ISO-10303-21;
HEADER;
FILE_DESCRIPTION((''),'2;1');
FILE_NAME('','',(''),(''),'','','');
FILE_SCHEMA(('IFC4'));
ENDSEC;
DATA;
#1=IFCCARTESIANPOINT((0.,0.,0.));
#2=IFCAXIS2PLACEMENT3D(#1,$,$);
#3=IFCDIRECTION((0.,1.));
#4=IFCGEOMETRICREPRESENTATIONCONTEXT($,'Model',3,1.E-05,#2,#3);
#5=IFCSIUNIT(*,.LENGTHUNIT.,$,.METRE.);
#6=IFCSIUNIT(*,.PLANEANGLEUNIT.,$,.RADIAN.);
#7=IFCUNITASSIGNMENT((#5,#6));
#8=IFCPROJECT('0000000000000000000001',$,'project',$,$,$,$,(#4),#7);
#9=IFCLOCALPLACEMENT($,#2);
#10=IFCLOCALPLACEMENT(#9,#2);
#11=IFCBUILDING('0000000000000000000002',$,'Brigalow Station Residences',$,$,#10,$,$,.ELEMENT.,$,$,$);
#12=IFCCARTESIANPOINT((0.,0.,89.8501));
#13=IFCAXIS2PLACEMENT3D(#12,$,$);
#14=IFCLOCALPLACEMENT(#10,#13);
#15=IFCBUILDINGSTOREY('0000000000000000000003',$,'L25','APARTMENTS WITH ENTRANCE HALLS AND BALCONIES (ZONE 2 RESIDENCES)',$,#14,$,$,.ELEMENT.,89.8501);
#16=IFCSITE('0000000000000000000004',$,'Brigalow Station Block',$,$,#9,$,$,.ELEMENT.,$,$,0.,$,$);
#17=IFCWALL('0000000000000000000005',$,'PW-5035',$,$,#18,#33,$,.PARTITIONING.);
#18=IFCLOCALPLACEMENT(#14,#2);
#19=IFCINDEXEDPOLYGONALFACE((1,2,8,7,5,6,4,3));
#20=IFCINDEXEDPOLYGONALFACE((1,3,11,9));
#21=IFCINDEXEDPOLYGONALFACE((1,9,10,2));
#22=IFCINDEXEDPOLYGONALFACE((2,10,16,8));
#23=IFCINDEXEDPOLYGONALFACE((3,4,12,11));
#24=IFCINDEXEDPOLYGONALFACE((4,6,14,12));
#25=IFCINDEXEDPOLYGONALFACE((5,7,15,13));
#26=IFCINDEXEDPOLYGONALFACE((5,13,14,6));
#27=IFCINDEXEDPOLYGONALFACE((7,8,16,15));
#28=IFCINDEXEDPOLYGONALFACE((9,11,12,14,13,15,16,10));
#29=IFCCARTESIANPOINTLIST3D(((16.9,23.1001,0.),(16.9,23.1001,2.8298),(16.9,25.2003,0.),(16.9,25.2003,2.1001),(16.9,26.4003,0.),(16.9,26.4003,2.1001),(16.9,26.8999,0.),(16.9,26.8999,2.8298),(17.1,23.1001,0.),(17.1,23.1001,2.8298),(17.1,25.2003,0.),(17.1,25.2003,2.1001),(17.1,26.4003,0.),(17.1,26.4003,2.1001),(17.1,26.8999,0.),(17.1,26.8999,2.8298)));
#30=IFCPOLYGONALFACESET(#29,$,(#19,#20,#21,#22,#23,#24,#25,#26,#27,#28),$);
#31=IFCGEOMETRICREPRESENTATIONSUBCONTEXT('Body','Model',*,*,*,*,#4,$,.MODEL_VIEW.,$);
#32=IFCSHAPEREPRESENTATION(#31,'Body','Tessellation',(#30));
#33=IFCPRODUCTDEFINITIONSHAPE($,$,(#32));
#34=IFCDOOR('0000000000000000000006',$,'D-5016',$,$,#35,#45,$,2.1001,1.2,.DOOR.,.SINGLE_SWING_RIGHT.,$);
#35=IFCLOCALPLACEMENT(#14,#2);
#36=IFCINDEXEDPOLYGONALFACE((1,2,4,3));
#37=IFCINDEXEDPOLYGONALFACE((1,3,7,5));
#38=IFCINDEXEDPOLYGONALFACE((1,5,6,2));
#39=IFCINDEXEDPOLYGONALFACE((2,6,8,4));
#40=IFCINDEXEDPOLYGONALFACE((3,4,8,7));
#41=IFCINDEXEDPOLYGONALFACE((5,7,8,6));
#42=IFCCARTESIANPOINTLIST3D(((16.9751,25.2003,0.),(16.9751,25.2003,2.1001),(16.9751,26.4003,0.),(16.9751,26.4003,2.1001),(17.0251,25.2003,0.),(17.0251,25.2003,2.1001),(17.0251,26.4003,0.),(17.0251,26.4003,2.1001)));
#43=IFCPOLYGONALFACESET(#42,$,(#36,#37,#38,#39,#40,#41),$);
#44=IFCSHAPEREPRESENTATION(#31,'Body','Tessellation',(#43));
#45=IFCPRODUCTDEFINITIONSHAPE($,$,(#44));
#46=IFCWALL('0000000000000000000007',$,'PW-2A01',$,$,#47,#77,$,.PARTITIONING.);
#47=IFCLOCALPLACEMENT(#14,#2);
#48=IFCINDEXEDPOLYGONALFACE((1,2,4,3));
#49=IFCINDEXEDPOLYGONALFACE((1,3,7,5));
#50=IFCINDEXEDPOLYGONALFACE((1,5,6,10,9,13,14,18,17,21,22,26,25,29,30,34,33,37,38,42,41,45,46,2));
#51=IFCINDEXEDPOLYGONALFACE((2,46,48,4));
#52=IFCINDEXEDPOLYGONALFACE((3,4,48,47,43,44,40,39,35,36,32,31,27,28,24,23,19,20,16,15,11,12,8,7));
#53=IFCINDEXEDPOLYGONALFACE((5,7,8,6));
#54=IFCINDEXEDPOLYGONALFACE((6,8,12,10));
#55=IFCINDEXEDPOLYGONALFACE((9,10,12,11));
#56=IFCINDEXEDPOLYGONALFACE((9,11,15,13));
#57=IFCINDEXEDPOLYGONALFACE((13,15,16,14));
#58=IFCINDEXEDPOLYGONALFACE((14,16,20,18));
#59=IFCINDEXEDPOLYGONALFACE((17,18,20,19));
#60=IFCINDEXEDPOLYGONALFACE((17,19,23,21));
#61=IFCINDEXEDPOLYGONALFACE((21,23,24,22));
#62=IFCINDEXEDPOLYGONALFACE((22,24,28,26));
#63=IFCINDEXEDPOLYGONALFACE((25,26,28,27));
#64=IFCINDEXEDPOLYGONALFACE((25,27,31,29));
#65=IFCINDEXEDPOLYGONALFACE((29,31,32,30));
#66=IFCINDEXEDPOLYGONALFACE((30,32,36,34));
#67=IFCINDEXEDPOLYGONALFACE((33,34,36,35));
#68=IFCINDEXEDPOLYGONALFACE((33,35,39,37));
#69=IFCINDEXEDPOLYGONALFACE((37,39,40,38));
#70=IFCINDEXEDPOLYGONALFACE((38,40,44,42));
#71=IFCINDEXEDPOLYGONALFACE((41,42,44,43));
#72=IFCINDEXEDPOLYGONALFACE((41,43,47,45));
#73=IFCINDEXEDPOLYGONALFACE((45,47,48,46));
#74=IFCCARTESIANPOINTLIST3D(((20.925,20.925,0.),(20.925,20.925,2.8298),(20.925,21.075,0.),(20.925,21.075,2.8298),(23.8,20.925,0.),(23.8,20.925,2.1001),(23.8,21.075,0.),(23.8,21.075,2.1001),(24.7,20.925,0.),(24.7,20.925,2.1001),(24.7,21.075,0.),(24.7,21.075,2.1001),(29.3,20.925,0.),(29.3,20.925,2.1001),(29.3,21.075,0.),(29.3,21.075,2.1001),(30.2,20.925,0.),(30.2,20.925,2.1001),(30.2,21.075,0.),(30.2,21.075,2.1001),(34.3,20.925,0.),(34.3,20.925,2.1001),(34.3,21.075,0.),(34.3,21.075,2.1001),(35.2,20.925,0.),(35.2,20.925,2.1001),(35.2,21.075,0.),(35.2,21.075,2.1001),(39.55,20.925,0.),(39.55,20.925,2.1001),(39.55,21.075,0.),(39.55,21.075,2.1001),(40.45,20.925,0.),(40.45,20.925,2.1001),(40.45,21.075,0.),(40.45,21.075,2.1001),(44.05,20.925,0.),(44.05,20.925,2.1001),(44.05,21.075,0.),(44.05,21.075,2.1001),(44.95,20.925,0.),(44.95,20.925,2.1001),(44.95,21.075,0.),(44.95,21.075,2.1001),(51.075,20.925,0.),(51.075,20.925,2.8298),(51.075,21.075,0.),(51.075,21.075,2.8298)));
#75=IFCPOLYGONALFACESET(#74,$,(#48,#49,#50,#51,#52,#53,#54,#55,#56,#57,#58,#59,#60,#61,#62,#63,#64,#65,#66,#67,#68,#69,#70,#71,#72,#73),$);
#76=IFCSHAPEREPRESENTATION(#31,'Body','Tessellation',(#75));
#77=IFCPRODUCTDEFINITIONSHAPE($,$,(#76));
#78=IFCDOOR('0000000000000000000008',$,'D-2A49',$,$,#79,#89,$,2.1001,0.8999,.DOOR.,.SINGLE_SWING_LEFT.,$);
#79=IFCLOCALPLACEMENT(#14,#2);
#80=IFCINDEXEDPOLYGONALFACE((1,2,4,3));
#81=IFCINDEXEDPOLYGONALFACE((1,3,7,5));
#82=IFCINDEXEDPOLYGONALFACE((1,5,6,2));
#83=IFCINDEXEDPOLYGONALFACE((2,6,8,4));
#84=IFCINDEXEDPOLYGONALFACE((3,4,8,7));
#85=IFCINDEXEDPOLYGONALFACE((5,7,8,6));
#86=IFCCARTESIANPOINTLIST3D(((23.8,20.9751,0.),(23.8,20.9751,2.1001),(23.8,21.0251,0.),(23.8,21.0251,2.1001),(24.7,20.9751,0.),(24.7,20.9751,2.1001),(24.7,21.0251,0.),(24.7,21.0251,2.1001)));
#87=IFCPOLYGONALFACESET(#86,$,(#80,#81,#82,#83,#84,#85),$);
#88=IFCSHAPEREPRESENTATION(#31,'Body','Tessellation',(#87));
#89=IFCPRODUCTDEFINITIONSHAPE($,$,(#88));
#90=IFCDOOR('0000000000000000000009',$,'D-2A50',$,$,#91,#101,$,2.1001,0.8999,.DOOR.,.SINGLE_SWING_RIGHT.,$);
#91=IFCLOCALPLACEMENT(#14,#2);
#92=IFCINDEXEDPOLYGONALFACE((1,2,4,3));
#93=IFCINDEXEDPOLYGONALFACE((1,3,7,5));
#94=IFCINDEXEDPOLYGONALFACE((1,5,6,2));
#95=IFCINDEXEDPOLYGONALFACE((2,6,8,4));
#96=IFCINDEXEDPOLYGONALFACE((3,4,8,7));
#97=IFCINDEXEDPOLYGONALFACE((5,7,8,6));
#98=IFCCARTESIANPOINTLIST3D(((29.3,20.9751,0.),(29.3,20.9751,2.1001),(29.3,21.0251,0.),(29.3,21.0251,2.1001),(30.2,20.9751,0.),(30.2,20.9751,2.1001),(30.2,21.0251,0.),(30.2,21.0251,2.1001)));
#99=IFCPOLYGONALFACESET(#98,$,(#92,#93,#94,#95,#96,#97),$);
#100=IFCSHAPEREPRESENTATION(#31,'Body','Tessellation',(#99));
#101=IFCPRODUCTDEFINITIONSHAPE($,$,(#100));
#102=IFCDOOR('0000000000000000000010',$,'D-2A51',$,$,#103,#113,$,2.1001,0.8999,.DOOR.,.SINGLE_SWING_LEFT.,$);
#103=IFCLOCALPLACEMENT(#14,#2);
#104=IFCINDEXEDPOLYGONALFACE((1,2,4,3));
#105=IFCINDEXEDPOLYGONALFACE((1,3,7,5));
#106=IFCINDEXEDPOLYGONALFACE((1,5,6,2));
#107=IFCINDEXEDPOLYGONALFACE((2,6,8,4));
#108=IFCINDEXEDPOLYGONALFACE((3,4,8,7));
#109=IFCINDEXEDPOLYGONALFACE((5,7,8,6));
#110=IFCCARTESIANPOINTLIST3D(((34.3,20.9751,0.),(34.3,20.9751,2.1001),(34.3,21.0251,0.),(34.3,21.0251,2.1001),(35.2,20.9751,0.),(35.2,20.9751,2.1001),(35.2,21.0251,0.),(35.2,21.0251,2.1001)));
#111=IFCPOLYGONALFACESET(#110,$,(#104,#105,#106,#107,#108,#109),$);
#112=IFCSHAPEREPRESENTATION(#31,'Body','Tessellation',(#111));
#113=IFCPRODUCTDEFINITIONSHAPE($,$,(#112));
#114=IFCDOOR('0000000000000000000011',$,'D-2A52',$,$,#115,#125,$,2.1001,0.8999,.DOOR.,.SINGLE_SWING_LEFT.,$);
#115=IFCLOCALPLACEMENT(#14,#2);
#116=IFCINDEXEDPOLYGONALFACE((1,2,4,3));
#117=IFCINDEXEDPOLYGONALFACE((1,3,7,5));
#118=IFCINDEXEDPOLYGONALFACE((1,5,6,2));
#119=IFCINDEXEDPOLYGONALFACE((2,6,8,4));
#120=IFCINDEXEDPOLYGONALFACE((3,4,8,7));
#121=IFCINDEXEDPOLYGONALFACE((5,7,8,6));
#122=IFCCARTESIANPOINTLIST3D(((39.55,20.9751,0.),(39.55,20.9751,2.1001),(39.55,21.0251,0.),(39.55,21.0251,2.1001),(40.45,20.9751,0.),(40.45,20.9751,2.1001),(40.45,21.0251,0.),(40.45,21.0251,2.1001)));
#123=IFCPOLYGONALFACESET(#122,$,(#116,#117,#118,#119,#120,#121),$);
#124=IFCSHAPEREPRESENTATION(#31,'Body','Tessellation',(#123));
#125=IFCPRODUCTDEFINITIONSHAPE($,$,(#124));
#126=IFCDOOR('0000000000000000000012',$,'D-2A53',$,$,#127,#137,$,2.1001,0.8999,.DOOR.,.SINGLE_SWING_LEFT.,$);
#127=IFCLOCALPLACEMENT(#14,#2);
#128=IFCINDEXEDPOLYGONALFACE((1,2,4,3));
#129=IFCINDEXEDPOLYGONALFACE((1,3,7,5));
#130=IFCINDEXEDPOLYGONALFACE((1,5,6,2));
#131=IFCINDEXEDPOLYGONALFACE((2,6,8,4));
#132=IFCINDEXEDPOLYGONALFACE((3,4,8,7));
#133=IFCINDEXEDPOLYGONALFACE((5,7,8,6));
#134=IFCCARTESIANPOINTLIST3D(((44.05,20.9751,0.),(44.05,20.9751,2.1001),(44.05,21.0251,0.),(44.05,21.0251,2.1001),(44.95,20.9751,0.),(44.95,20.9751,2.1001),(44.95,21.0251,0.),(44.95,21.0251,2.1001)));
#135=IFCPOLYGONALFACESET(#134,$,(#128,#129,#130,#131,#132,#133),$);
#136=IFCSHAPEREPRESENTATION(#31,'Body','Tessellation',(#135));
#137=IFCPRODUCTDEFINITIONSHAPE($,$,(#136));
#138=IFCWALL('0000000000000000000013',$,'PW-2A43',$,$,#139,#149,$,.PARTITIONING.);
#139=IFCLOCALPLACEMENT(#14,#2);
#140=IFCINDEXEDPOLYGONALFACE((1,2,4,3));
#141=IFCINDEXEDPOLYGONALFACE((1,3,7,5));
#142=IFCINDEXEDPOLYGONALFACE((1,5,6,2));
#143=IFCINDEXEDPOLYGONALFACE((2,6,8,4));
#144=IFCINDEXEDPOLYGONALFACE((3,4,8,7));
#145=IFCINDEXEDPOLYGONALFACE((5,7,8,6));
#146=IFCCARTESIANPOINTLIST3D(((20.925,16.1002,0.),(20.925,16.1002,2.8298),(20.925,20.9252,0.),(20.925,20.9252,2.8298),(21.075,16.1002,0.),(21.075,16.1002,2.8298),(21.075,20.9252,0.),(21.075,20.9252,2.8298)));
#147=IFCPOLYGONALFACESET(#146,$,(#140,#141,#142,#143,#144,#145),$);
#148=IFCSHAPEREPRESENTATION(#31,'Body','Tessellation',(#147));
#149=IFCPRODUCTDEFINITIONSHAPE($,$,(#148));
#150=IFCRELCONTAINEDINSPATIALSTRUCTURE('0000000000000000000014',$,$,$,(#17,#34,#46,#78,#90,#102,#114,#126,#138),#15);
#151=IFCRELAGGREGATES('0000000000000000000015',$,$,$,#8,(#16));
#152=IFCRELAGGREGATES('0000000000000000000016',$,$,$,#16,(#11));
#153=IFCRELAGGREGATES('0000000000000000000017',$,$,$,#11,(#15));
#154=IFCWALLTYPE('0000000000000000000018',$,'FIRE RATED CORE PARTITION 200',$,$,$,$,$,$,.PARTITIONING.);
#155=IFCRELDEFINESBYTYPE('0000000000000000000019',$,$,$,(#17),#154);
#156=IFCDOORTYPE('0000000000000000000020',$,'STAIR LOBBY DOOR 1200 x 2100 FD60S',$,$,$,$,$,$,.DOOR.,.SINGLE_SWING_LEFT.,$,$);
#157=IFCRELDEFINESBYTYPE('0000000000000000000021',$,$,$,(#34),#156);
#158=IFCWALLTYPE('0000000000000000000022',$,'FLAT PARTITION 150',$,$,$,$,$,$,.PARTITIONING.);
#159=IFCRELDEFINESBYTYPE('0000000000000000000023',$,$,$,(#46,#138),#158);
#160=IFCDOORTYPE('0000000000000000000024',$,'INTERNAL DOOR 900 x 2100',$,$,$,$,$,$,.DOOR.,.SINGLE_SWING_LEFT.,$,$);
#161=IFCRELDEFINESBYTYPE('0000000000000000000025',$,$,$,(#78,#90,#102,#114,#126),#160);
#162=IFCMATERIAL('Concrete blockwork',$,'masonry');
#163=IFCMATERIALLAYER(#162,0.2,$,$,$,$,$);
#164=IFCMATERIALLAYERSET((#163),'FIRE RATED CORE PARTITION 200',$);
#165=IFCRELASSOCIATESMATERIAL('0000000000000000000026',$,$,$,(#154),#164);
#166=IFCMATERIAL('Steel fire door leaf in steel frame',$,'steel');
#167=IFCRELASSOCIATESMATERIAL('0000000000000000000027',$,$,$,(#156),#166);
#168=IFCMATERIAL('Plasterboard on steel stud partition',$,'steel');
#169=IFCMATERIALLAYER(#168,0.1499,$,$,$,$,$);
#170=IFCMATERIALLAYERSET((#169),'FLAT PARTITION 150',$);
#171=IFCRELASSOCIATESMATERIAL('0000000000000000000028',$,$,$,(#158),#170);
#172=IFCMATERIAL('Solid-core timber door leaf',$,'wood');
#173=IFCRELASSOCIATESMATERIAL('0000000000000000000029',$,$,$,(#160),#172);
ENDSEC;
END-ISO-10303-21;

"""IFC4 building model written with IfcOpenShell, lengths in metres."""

from ifc_helpers import new_model, si_unit, direction, frame, frame_2d, origin, place, context, subcontext, project, spatial, rectangle, extrude, material, layer, layer_set, type_object, element, fill, save


model = new_model("IFC4")

# Units and contexts
model_context = context("Model", 3, precision=1e-05, world=origin(), true_north=direction((0.0, 1.0)))
body_context = subcontext(model_context, "Body", "Model", "MODEL_VIEW")
ifc_project = project(units=[si_unit("LENGTHUNIT", "METRE"), si_unit("PLANEANGLEUNIT", "RADIAN")], contexts=[model_context])

# Site, building, storey
site_placement = place(None, origin())
site = spatial("IfcSite", under=ifc_project, at=site_placement, Name="Brigalow Station Block", CompositionType="ELEMENT", RefElevation=0.0)
building_placement = place(site_placement, origin())
building = spatial("IfcBuilding", under=site, at=building_placement, Name="Brigalow Station Residences", CompositionType="ELEMENT")
storey_placement = place(building_placement, frame((0.0, 0.0, 89.8501)))
storey = spatial("IfcBuildingStorey", under=building, at=storey_placement, Name="L25", Description="APARTMENTS WITH ENTRANCE HALLS AND BALCONIES (ZONE 2 RESIDENCES)", CompositionType="ELEMENT", Elevation=89.8501)

# Shared definitions
ifc_material_1 = material(Name="Concrete blockwork", Category="masonry")
ifc_layer_1 = layer(ifc_material_1, 0.2)
ifc_layer_set_1 = layer_set([ifc_layer_1], Name="FIRE RATED CORE PARTITION 200")
wall_type_1 = type_object("IfcWallType", Name="FIRE RATED CORE PARTITION 200", PredefinedType="PARTITIONING", material=ifc_layer_set_1)

# Wall, opening, door
wall_1_placement = place(storey_placement, frame((17.0, 23.1001, 0.0), z_axis=(0.0, 0.0, 1.0), x_axis=(0.0, 1.0, 0.0)))
wall_1 = element("IfcWall", 1, at=wall_1_placement, inside=storey, type_object=wall_type_1, Name="PW-5035", PredefinedType="PARTITIONING", context=body_context, shape_type="SweptSolid", body=[
    extrude(rectangle(XDim=3.7998, YDim=0.2, at=frame_2d((1.8999, 0.0))), origin(), (0.0, 0.0, 1.0), 2.8298),
])
opening_1_placement = place(wall_1_placement, frame((2.1001, 0.0, 0.0)))
opening_1 = element("IfcOpeningElement", 2, at=opening_1_placement, cuts=wall_1, PredefinedType="OPENING", context=body_context, shape_type="SweptSolid", body=[
    extrude(rectangle(XDim=1.2, YDim=2.1001, at=frame_2d((0.6001, 1.05))), frame((0.0, 0.1099, 0.0), z_axis=(0.0, -1.0, 0.0), x_axis=(1.0, 0.0, 0.0)), (0.0, 0.0, 1.0), 0.22),
])
ifc_material_2 = material(Name="Steel fire door leaf in steel frame", Category="steel")
door_type_1 = type_object("IfcDoorType", Name="STAIR LOBBY DOOR 1200 x 2100 FD60S", OperationType="SINGLE_SWING_LEFT", PredefinedType="DOOR", material=ifc_material_2)
door_1_placement = place(opening_1_placement, origin())
door_1 = element("IfcDoor", 3, at=door_1_placement, inside=storey, type_object=door_type_1, Name="D-5016", OperationType="SINGLE_SWING_RIGHT", OverallHeight=2.1001, OverallWidth=1.2, PredefinedType="DOOR", context=body_context, shape_type="SweptSolid", body=[
    extrude(rectangle(XDim=1.2, YDim=2.1001, at=frame_2d((0.6001, 1.05))), frame((0.0, 0.0249, 0.0), z_axis=(0.0, -1.0, 0.0), x_axis=(1.0, 0.0, 0.0)), (0.0, 0.0, 1.0), 0.05),
])
fill(opening_1, door_1)

# Wall, openings, doors
ifc_material_3 = material(Name="Plasterboard on steel stud partition", Category="steel")
ifc_layer_2 = layer(ifc_material_3, 0.1499)
ifc_layer_set_2 = layer_set([ifc_layer_2], Name="FLAT PARTITION 150")
wall_type_2 = type_object("IfcWallType", Name="FLAT PARTITION 150", PredefinedType="PARTITIONING", material=ifc_layer_set_2)
wall_2_placement = place(storey_placement, frame((20.925, 21.0, 0.0), z_axis=(0.0, 0.0, 1.0), x_axis=(1.0, 0.0, 0.0)))
wall_2 = element("IfcWall", 4, at=wall_2_placement, inside=storey, type_object=wall_type_2, Name="PW-2A01", PredefinedType="PARTITIONING", context=body_context, shape_type="SweptSolid", body=[
    extrude(rectangle(XDim=30.1499, YDim=0.1499, at=frame_2d((15.075, 0.0))), origin(), (0.0, 0.0, 1.0), 2.8298),
])
opening_2_placement = place(wall_2_placement, frame((2.875, 0.0, 0.0)))
opening_2 = element("IfcOpeningElement", 5, at=opening_2_placement, cuts=wall_2, PredefinedType="OPENING", context=body_context, shape_type="SweptSolid", body=[
    extrude(rectangle(XDim=0.8999, YDim=2.1001, at=frame_2d((0.45, 1.05))), frame((0.0, 0.085, 0.0), z_axis=(0.0, -1.0, 0.0), x_axis=(1.0, 0.0, 0.0)), (0.0, 0.0, 1.0), 0.1699),
])
opening_3_placement = place(wall_2_placement, frame((8.375, 0.0, 0.0)))
opening_3 = element("IfcOpeningElement", 6, at=opening_3_placement, cuts=wall_2, PredefinedType="OPENING", context=body_context, shape_type="SweptSolid", body=[
    extrude(rectangle(XDim=0.8999, YDim=2.1001, at=frame_2d((0.45, 1.05))), frame((0.0, 0.085, 0.0), z_axis=(0.0, -1.0, 0.0), x_axis=(1.0, 0.0, 0.0)), (0.0, 0.0, 1.0), 0.1699),
])
opening_4_placement = place(wall_2_placement, frame((13.375, 0.0, 0.0)))
opening_4 = element("IfcOpeningElement", 7, at=opening_4_placement, cuts=wall_2, PredefinedType="OPENING", context=body_context, shape_type="SweptSolid", body=[
    extrude(rectangle(XDim=0.8999, YDim=2.1001, at=frame_2d((0.45, 1.05))), frame((0.0, 0.085, 0.0), z_axis=(0.0, -1.0, 0.0), x_axis=(1.0, 0.0, 0.0)), (0.0, 0.0, 1.0), 0.1699),
])
opening_5_placement = place(wall_2_placement, frame((18.625, 0.0, 0.0)))
opening_5 = element("IfcOpeningElement", 8, at=opening_5_placement, cuts=wall_2, PredefinedType="OPENING", context=body_context, shape_type="SweptSolid", body=[
    extrude(rectangle(XDim=0.8999, YDim=2.1001, at=frame_2d((0.45, 1.05))), frame((0.0, 0.085, 0.0), z_axis=(0.0, -1.0, 0.0), x_axis=(1.0, 0.0, 0.0)), (0.0, 0.0, 1.0), 0.1699),
])
opening_6_placement = place(wall_2_placement, frame((23.125, 0.0, 0.0)))
opening_6 = element("IfcOpeningElement", 9, at=opening_6_placement, cuts=wall_2, PredefinedType="OPENING", context=body_context, shape_type="SweptSolid", body=[
    extrude(rectangle(XDim=0.8999, YDim=2.1001, at=frame_2d((0.45, 1.05))), frame((0.0, 0.085, 0.0), z_axis=(0.0, -1.0, 0.0), x_axis=(1.0, 0.0, 0.0)), (0.0, 0.0, 1.0), 0.1699),
])
ifc_material_4 = material(Name="Solid-core timber door leaf", Category="wood")
door_type_2 = type_object("IfcDoorType", Name="INTERNAL DOOR 900 x 2100", OperationType="SINGLE_SWING_LEFT", PredefinedType="DOOR", material=ifc_material_4)
door_2_placement = place(opening_2_placement, frame((0.8999, 0.0, 0.0), z_axis=(0.0, 0.0, 1.0), x_axis=(-1.0, 0.0, 0.0)))
door_2 = element("IfcDoor", 10, at=door_2_placement, inside=storey, type_object=door_type_2, Name="D-2A49", OperationType="SINGLE_SWING_LEFT", OverallHeight=2.1001, OverallWidth=0.8999, PredefinedType="DOOR", context=body_context, shape_type="SweptSolid", body=[
    extrude(rectangle(XDim=0.8999, YDim=2.1001, at=frame_2d((0.45, 1.05))), frame((0.0, 0.0249, 0.0), z_axis=(0.0, -1.0, 0.0), x_axis=(1.0, 0.0, 0.0)), (0.0, 0.0, 1.0), 0.05),
])
fill(opening_2, door_2)
door_3_placement = place(opening_3_placement, frame((0.8999, 0.0, 0.0), z_axis=(0.0, 0.0, 1.0), x_axis=(-1.0, 0.0, 0.0)))
door_3 = element("IfcDoor", 11, at=door_3_placement, inside=storey, type_object=door_type_2, Name="D-2A50", OperationType="SINGLE_SWING_RIGHT", OverallHeight=2.1001, OverallWidth=0.8999, PredefinedType="DOOR", context=body_context, shape_type="SweptSolid", body=[
    extrude(rectangle(XDim=0.8999, YDim=2.1001, at=frame_2d((0.45, 1.05))), frame((0.0, 0.0249, 0.0), z_axis=(0.0, -1.0, 0.0), x_axis=(1.0, 0.0, 0.0)), (0.0, 0.0, 1.0), 0.05),
])
fill(opening_3, door_3)
door_4_placement = place(opening_4_placement, frame((0.8999, 0.0, 0.0), z_axis=(0.0, 0.0, 1.0), x_axis=(-1.0, 0.0, 0.0)))
door_4 = element("IfcDoor", 12, at=door_4_placement, inside=storey, type_object=door_type_2, Name="D-2A51", OperationType="SINGLE_SWING_LEFT", OverallHeight=2.1001, OverallWidth=0.8999, PredefinedType="DOOR", context=body_context, shape_type="SweptSolid", body=[
    extrude(rectangle(XDim=0.8999, YDim=2.1001, at=frame_2d((0.45, 1.05))), frame((0.0, 0.0249, 0.0), z_axis=(0.0, -1.0, 0.0), x_axis=(1.0, 0.0, 0.0)), (0.0, 0.0, 1.0), 0.05),
])
fill(opening_4, door_4)
door_5_placement = place(opening_5_placement, frame((0.8999, 0.0, 0.0), z_axis=(0.0, 0.0, 1.0), x_axis=(-1.0, 0.0, 0.0)))
door_5 = element("IfcDoor", 13, at=door_5_placement, inside=storey, type_object=door_type_2, Name="D-2A52", OperationType="SINGLE_SWING_LEFT", OverallHeight=2.1001, OverallWidth=0.8999, PredefinedType="DOOR", context=body_context, shape_type="SweptSolid", body=[
    extrude(rectangle(XDim=0.8999, YDim=2.1001, at=frame_2d((0.45, 1.05))), frame((0.0, 0.0249, 0.0), z_axis=(0.0, -1.0, 0.0), x_axis=(1.0, 0.0, 0.0)), (0.0, 0.0, 1.0), 0.05),
])
fill(opening_5, door_5)
door_6_placement = place(opening_6_placement, frame((0.8999, 0.0, 0.0), z_axis=(0.0, 0.0, 1.0), x_axis=(-1.0, 0.0, 0.0)))
door_6 = element("IfcDoor", 14, at=door_6_placement, inside=storey, type_object=door_type_2, Name="D-2A53", OperationType="SINGLE_SWING_LEFT", OverallHeight=2.1001, OverallWidth=0.8999, PredefinedType="DOOR", context=body_context, shape_type="SweptSolid", body=[
    extrude(rectangle(XDim=0.8999, YDim=2.1001, at=frame_2d((0.45, 1.05))), frame((0.0, 0.0249, 0.0), z_axis=(0.0, -1.0, 0.0), x_axis=(1.0, 0.0, 0.0)), (0.0, 0.0, 1.0), 0.05),
])
fill(opening_6, door_6)

# Wall
wall_3_placement = place(storey_placement, frame((21.0, 16.1001, 0.0), z_axis=(0.0, 0.0, 1.0), x_axis=(0.0, 1.0, 0.0)))
element("IfcWall", 15, at=wall_3_placement, inside=storey, type_object=wall_type_2, Name="PW-2A43", PredefinedType="PARTITIONING", context=body_context, shape_type="SweptSolid", body=[
    extrude(rectangle(XDim=4.825, YDim=0.1499, at=frame_2d((2.4126, 0.0))), origin(), (0.0, 0.0, 1.0), 2.8298),
])

save(model, "model.ifc")
